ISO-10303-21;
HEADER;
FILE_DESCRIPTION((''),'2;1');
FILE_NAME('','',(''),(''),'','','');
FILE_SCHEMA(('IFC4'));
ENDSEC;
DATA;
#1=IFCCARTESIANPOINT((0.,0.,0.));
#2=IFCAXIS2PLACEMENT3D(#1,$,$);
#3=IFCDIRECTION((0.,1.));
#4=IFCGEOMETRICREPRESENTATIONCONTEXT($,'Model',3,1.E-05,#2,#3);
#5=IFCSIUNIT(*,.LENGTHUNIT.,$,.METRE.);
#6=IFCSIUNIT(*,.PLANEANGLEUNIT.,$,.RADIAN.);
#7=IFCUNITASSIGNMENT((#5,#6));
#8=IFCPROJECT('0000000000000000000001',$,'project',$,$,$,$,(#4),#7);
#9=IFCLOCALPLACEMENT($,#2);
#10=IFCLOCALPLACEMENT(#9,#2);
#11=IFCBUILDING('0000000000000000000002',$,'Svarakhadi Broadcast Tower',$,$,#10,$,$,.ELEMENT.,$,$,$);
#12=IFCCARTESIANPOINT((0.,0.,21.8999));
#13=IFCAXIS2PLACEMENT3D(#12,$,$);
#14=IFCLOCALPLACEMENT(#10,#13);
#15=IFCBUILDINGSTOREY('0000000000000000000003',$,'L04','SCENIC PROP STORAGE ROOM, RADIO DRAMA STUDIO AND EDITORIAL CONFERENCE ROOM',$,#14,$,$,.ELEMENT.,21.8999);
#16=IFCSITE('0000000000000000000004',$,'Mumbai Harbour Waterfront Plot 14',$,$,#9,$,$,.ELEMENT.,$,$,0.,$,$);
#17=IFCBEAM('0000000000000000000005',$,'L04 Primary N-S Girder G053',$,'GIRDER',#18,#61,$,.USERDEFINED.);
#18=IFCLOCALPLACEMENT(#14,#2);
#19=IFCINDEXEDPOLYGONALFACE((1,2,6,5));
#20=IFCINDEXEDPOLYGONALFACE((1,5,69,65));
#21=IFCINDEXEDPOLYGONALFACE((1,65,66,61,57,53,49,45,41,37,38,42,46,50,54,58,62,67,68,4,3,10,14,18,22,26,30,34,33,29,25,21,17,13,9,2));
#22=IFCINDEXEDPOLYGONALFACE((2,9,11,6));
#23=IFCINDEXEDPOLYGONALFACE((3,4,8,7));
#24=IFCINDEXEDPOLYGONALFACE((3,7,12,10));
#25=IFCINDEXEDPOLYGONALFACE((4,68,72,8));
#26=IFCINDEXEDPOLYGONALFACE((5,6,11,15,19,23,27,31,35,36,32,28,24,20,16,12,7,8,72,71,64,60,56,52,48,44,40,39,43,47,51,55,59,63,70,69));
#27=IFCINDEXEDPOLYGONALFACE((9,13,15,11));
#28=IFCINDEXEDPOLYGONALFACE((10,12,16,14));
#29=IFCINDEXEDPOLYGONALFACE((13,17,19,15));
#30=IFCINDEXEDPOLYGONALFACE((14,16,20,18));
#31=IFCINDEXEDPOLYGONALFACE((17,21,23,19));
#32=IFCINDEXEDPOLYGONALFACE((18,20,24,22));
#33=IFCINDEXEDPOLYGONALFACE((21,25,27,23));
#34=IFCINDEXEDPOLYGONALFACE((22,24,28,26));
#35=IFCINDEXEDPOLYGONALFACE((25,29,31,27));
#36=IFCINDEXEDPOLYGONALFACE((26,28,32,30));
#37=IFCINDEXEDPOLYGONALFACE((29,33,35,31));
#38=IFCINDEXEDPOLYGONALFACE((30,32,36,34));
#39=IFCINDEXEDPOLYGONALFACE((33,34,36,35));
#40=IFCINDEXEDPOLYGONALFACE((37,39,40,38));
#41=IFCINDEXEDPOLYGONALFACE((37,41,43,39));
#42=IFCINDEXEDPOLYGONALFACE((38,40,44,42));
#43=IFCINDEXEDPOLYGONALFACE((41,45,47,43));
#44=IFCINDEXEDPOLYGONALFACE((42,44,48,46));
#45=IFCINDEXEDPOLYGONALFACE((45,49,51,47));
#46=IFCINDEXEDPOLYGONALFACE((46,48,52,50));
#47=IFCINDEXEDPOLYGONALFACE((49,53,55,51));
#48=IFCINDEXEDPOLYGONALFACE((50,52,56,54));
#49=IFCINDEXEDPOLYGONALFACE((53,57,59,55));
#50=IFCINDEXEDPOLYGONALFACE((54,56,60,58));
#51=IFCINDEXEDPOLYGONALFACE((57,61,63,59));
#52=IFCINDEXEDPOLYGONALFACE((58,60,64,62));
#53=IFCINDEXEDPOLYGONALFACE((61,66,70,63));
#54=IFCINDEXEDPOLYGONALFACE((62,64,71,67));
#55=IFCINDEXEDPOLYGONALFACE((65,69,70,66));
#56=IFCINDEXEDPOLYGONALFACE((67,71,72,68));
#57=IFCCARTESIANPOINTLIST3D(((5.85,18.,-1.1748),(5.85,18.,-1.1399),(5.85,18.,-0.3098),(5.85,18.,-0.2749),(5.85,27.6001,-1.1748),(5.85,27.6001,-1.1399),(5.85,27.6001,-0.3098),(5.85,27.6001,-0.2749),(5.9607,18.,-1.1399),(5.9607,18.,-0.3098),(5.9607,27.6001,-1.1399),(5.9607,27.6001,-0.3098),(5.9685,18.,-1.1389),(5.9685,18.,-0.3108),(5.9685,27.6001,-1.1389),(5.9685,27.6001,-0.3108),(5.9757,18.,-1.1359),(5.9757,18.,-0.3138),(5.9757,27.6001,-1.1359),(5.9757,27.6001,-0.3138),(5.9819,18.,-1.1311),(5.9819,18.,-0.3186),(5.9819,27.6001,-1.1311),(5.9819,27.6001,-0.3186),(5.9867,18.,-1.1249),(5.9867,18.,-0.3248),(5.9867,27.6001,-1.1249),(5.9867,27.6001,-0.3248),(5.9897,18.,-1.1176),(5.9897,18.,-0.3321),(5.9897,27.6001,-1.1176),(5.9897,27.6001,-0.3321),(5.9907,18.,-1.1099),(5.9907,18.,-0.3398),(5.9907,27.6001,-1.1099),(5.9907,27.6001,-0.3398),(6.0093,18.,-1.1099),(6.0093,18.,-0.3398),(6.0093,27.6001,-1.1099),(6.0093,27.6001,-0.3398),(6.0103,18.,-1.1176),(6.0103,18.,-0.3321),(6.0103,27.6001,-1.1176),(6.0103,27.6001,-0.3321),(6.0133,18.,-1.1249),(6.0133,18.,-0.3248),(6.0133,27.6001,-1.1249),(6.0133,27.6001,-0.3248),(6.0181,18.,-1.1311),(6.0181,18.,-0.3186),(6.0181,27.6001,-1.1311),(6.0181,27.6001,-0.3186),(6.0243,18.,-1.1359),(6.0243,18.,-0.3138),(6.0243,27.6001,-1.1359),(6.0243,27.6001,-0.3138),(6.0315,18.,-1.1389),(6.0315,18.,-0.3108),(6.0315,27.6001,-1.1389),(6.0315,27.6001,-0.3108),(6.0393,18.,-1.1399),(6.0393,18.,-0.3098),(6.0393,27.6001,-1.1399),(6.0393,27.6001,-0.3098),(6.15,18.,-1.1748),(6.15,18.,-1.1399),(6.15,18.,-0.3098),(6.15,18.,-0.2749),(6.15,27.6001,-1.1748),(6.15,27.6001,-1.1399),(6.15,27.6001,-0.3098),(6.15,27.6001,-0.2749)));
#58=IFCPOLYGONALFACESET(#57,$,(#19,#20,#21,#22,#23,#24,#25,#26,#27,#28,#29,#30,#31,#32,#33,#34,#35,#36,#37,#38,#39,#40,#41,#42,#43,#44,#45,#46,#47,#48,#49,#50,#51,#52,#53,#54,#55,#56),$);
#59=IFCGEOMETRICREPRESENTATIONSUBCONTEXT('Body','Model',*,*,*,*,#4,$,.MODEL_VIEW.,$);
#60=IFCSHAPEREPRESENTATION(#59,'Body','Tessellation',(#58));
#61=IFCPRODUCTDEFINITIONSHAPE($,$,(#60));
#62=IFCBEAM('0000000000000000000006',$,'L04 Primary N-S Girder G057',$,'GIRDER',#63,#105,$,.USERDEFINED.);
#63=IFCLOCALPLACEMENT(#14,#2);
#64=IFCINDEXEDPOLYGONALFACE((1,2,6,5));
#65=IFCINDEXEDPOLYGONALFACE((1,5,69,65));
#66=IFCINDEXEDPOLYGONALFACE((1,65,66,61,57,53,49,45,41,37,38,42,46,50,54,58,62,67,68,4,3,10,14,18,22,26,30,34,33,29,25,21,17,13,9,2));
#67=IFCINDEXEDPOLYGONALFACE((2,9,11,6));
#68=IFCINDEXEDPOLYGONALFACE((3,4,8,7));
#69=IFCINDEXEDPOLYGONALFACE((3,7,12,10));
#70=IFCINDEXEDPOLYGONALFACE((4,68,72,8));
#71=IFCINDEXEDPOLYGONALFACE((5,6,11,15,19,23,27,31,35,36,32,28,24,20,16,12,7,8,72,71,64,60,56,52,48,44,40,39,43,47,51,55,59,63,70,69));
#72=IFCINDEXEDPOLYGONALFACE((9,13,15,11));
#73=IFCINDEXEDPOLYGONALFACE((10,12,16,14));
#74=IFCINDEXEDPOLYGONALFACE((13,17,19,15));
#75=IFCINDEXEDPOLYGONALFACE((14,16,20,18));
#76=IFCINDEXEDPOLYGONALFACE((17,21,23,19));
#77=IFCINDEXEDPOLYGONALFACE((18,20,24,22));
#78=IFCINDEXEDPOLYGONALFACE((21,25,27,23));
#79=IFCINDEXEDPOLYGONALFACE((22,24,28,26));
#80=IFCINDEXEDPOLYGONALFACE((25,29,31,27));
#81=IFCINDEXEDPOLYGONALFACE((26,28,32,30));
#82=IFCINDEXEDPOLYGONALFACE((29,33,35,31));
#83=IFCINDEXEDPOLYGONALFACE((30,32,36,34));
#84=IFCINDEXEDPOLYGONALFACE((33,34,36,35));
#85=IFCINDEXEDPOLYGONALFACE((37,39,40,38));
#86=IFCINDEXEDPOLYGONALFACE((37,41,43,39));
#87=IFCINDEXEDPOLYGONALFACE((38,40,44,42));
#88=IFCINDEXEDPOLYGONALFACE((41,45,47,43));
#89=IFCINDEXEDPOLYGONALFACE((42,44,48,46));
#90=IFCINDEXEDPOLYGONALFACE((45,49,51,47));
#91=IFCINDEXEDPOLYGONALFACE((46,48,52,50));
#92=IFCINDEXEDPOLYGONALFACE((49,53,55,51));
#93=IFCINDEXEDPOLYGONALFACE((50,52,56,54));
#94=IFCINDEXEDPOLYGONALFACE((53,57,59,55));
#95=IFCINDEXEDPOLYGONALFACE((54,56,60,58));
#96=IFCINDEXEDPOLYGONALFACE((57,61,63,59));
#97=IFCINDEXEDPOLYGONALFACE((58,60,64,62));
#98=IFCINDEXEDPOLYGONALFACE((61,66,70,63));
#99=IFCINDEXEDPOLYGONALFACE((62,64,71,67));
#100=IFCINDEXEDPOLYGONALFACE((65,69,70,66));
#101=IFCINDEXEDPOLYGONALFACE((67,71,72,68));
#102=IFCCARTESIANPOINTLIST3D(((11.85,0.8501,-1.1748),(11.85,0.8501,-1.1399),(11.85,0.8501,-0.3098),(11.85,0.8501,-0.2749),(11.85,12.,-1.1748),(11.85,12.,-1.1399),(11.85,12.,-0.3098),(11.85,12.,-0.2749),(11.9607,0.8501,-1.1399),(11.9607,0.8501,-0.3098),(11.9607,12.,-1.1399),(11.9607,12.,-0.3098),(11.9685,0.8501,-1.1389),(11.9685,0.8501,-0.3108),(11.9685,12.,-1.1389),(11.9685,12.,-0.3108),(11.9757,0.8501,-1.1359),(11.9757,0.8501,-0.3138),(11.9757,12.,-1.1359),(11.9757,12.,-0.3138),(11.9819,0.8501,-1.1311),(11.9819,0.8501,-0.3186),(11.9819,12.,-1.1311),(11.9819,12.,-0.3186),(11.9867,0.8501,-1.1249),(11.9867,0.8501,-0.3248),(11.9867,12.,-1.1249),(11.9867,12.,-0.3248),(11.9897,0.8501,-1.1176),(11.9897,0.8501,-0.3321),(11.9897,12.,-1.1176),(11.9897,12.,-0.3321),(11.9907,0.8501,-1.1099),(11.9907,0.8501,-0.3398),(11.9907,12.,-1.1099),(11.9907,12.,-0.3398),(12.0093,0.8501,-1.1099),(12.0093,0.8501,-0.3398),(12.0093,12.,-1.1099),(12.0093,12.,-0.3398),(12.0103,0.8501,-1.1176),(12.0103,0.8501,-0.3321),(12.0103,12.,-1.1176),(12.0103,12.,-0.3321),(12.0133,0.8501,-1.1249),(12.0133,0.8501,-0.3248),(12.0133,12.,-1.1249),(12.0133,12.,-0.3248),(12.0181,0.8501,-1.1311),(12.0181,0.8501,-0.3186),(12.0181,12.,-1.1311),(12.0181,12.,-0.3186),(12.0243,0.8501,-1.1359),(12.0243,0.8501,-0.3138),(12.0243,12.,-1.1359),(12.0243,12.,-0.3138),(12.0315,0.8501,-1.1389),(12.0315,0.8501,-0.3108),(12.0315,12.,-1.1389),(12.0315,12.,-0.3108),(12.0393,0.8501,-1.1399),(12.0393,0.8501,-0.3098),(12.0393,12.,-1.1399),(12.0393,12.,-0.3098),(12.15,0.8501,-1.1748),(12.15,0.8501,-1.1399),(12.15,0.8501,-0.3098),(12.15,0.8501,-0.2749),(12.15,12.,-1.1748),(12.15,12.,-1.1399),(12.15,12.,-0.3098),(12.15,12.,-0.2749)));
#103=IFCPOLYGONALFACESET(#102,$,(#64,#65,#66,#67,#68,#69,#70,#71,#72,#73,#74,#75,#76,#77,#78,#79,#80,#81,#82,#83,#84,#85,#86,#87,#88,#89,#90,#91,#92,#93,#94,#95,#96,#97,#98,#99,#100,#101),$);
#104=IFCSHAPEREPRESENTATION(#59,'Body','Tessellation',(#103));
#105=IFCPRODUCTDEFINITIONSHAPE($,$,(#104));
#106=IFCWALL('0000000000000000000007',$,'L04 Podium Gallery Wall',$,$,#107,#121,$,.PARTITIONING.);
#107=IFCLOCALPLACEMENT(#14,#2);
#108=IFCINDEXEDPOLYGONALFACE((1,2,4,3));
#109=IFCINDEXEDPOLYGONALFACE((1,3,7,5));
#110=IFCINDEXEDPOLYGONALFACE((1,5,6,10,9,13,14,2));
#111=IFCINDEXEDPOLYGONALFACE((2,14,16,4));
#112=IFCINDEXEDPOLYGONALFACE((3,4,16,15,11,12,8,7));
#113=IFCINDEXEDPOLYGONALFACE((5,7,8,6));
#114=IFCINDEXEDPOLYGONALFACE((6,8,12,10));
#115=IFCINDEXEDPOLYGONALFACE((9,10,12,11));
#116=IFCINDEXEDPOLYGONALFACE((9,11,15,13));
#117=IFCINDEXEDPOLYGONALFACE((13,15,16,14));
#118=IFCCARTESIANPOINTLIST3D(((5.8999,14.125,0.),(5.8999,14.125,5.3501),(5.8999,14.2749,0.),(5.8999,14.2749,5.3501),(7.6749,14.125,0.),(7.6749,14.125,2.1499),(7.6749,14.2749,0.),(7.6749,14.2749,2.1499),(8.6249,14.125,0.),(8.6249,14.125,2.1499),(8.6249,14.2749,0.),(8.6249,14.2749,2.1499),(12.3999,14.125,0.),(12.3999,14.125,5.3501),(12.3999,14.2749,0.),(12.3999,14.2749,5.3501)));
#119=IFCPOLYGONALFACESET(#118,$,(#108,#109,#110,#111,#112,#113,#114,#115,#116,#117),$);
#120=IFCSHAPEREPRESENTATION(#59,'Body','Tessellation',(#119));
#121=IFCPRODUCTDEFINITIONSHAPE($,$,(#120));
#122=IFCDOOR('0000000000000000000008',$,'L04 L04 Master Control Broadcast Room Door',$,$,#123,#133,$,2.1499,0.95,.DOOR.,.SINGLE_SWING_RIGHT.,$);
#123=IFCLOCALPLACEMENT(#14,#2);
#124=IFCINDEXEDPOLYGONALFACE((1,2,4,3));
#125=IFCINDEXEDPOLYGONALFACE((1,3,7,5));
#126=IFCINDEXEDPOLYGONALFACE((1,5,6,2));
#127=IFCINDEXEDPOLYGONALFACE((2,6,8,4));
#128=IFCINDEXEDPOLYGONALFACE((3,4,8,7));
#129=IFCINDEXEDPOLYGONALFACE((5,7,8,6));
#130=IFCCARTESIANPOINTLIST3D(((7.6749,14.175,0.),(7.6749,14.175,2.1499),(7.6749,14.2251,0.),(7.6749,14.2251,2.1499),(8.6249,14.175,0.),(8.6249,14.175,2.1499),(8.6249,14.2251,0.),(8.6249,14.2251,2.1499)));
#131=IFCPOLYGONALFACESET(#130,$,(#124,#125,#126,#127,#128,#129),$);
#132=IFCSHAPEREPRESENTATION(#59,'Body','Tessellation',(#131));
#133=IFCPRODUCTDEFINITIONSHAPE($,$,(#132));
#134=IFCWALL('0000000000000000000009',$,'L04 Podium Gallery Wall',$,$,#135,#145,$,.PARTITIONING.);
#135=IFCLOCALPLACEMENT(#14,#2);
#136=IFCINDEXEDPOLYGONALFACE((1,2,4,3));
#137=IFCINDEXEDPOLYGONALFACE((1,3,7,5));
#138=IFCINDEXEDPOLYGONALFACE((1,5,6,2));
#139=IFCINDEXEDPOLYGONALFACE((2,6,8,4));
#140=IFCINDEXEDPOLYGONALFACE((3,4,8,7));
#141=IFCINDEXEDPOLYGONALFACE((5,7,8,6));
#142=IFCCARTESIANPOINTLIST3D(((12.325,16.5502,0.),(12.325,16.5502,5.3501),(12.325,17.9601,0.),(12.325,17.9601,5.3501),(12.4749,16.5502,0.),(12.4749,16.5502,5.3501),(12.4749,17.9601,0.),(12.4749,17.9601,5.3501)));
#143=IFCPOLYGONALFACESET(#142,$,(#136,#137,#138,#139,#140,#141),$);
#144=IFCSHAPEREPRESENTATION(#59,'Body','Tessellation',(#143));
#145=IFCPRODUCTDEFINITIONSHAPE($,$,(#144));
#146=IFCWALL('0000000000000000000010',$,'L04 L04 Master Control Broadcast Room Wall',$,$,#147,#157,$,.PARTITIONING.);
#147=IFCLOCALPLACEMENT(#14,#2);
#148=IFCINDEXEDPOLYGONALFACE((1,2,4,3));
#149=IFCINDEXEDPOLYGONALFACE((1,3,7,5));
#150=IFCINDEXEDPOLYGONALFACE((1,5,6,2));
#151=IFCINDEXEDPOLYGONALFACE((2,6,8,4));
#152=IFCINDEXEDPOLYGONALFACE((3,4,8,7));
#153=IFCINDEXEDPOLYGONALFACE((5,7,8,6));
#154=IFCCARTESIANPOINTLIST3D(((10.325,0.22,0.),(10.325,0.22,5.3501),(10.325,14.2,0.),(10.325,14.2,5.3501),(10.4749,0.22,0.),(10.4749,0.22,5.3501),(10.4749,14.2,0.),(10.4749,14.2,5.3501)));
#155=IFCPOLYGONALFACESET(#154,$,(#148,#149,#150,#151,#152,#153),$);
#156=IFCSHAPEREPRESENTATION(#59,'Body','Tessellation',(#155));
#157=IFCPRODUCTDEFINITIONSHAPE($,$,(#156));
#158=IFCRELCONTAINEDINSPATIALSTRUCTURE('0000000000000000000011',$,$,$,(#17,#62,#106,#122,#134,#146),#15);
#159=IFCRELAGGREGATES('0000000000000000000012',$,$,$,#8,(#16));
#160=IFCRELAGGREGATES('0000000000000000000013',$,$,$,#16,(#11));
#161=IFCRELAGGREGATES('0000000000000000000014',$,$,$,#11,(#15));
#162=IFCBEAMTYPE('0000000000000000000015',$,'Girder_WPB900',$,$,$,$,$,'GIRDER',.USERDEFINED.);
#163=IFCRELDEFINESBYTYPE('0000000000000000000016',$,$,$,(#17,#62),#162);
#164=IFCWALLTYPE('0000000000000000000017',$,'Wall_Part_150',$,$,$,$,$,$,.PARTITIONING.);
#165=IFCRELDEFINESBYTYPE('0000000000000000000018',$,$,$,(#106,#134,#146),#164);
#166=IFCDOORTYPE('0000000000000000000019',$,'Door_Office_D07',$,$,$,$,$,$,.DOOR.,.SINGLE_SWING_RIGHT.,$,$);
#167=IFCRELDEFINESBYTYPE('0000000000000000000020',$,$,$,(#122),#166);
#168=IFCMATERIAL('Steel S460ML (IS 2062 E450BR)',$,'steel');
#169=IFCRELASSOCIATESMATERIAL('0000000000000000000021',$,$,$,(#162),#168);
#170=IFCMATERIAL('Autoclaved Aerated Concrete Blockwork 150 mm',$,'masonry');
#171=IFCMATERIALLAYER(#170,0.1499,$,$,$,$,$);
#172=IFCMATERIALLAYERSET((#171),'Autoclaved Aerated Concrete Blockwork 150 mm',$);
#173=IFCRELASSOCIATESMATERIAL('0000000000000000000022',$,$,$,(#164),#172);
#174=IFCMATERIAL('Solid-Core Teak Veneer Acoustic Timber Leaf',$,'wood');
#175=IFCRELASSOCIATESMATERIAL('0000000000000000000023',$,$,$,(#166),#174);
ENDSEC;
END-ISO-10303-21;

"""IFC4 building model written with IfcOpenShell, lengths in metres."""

from ifc_helpers import new_model, si_unit, direction, frame, frame_2d, origin, origin_2d, place, context, subcontext, project, spatial, rectangle, i_section, extrude, material, layer, layer_set, material_profile, profile_set, type_object, element, fill, save


model = new_model("IFC4")

# Units and contexts
model_context = context("Model", 3, precision=1e-05, world=origin(), true_north=direction((0.0, 1.0)))
body_context = subcontext(model_context, "Body", "Model", "MODEL_VIEW")
ifc_project = project(units=[si_unit("LENGTHUNIT", "METRE"), si_unit("PLANEANGLEUNIT", "RADIAN")], contexts=[model_context])

# Site, building, storey
site_placement = place(None, origin())
site = spatial("IfcSite", under=ifc_project, at=site_placement, Name="Mumbai Harbour Waterfront Plot 14", CompositionType="ELEMENT", RefElevation=0.0)
building_placement = place(site_placement, origin())
building = spatial("IfcBuilding", under=site, at=building_placement, Name="Svarakhadi Broadcast Tower", CompositionType="ELEMENT")
storey_placement = place(building_placement, frame((0.0, 0.0, 21.8999)))
storey = spatial("IfcBuildingStorey", under=building, at=storey_placement, Name="L04", Description="SCENIC PROP STORAGE ROOM, RADIO DRAMA STUDIO AND EDITORIAL CONFERENCE ROOM", CompositionType="ELEMENT", Elevation=21.8999)

# Shared definitions
ifc_material_1 = material(Name="Steel S460ML (IS 2062 E450BR)", Category="steel")

# Beams
ifc_material_profile_1 = material_profile(ifc_material_1, i_section(OverallWidth=0.3, OverallDepth=0.8999, WebThickness=0.0186, FlangeThickness=0.0349, FilletRadius=0.03, at=origin_2d()), Name="WPB 900x300x291")
ifc_profile_set_1 = profile_set([ifc_material_profile_1], Name="Steel S460ML (IS 2062 E450BR)")
beam_type_1 = type_object("IfcBeamType", Name="Girder_WPB900", ElementType="GIRDER", PredefinedType="USERDEFINED", material=ifc_profile_set_1)
beam_1_placement = place(storey_placement, frame((6.0, 18.0, -0.7249), z_axis=(0.0, 1.0, 0.0), x_axis=(-1.0, 0.0, 0.0)))
element("IfcBeam", 1, at=beam_1_placement, inside=storey, type_object=beam_type_1, Name="L04 Primary N-S Girder G053", ObjectType="GIRDER", PredefinedType="USERDEFINED", context=body_context, shape_type="SweptSolid", body=[
    extrude(i_section(OverallWidth=0.3, OverallDepth=0.8999, WebThickness=0.0186, FlangeThickness=0.0349, FilletRadius=0.03, at=origin_2d()), origin(), (0.0, 0.0, 1.0), 9.6001),
])
beam_2_placement = place(storey_placement, frame((12.0, 0.8501, -0.7249), z_axis=(0.0, 1.0, 0.0), x_axis=(-1.0, 0.0, 0.0)))
element("IfcBeam", 2, at=beam_2_placement, inside=storey, type_object=beam_type_1, Name="L04 Primary N-S Girder G057", ObjectType="GIRDER", PredefinedType="USERDEFINED", context=body_context, shape_type="SweptSolid", body=[
    extrude(i_section(OverallWidth=0.3, OverallDepth=0.8999, WebThickness=0.0186, FlangeThickness=0.0349, FilletRadius=0.03, at=origin_2d()), origin(), (0.0, 0.0, 1.0), 11.1499),
])

# Wall, opening, door
ifc_material_2 = material(Name="Autoclaved Aerated Concrete Blockwork 150 mm", Category="masonry")
ifc_layer_1 = layer(ifc_material_2, 0.1499)
ifc_layer_set_1 = layer_set([ifc_layer_1], Name="Autoclaved Aerated Concrete Blockwork 150 mm")
wall_type_1 = type_object("IfcWallType", Name="Wall_Part_150", PredefinedType="PARTITIONING", material=ifc_layer_set_1)
wall_1_placement = place(storey_placement, frame((12.3999, 14.2, 0.0), z_axis=(0.0, 0.0, 1.0), x_axis=(-1.0, 0.0, 0.0)))
wall_1 = element("IfcWall", 3, at=wall_1_placement, inside=storey, type_object=wall_type_1, Name="L04 Podium Gallery Wall", PredefinedType="PARTITIONING", context=body_context, shape_type="SweptSolid", body=[
    extrude(rectangle(XDim=6.5, YDim=0.1499, at=frame_2d((3.25, 0.0))), origin(), (0.0, 0.0, 1.0), 5.3501),
])
opening_1_placement = place(wall_1_placement, frame((3.7749, 0.0, 0.0)))
opening_1 = element("IfcOpeningElement", 4, at=opening_1_placement, cuts=wall_1, PredefinedType="OPENING", context=body_context, shape_type="SweptSolid", body=[
    extrude(rectangle(XDim=0.95, YDim=2.1499, at=frame_2d((0.4751, 1.075))), frame((0.0, 0.085, 0.0), z_axis=(0.0, -1.0, 0.0), x_axis=(1.0, 0.0, 0.0)), (0.0, 0.0, 1.0), 0.1699),
])
ifc_material_3 = material(Name="Solid-Core Teak Veneer Acoustic Timber Leaf", Category="wood")
door_type_1 = type_object("IfcDoorType", Name="Door_Office_D07", OperationType="SINGLE_SWING_RIGHT", PredefinedType="DOOR", material=ifc_material_3)
door_1_placement = place(opening_1_placement, origin())
door_1 = element("IfcDoor", 5, at=door_1_placement, inside=storey, type_object=door_type_1, Name="L04 L04 Master Control Broadcast Room Door", OperationType="SINGLE_SWING_RIGHT", OverallHeight=2.1499, OverallWidth=0.95, PredefinedType="DOOR", context=body_context, shape_type="SweptSolid", body=[
    extrude(rectangle(XDim=0.95, YDim=2.1499, at=frame_2d((0.4751, 1.075))), frame((0.0, 0.0249, 0.0), z_axis=(0.0, -1.0, 0.0), x_axis=(1.0, 0.0, 0.0)), (0.0, 0.0, 1.0), 0.05),
])
fill(opening_1, door_1)

# Walls
wall_2_placement = place(storey_placement, frame((12.3999, 16.55, 0.0), z_axis=(0.0, 0.0, 1.0), x_axis=(0.0, 1.0, 0.0)))
element("IfcWall", 6, at=wall_2_placement, inside=storey, type_object=wall_type_1, Name="L04 Podium Gallery Wall", PredefinedType="PARTITIONING", context=body_context, shape_type="SweptSolid", body=[
    extrude(rectangle(XDim=1.4099, YDim=0.1499, at=frame_2d((0.7051, 0.0))), origin(), (0.0, 0.0, 1.0), 5.3501),
])
wall_3_placement = place(storey_placement, frame((10.3999, 0.22, 0.0), z_axis=(0.0, 0.0, 1.0), x_axis=(0.0, 1.0, 0.0)))
element("IfcWall", 7, at=wall_3_placement, inside=storey, type_object=wall_type_1, Name="L04 L04 Master Control Broadcast Room Wall", PredefinedType="PARTITIONING", context=body_context, shape_type="SweptSolid", body=[
    extrude(rectangle(XDim=13.98, YDim=0.1499, at=frame_2d((6.99, 0.0))), origin(), (0.0, 0.0, 1.0), 5.3501),
])

save(model, "model.ifc")
